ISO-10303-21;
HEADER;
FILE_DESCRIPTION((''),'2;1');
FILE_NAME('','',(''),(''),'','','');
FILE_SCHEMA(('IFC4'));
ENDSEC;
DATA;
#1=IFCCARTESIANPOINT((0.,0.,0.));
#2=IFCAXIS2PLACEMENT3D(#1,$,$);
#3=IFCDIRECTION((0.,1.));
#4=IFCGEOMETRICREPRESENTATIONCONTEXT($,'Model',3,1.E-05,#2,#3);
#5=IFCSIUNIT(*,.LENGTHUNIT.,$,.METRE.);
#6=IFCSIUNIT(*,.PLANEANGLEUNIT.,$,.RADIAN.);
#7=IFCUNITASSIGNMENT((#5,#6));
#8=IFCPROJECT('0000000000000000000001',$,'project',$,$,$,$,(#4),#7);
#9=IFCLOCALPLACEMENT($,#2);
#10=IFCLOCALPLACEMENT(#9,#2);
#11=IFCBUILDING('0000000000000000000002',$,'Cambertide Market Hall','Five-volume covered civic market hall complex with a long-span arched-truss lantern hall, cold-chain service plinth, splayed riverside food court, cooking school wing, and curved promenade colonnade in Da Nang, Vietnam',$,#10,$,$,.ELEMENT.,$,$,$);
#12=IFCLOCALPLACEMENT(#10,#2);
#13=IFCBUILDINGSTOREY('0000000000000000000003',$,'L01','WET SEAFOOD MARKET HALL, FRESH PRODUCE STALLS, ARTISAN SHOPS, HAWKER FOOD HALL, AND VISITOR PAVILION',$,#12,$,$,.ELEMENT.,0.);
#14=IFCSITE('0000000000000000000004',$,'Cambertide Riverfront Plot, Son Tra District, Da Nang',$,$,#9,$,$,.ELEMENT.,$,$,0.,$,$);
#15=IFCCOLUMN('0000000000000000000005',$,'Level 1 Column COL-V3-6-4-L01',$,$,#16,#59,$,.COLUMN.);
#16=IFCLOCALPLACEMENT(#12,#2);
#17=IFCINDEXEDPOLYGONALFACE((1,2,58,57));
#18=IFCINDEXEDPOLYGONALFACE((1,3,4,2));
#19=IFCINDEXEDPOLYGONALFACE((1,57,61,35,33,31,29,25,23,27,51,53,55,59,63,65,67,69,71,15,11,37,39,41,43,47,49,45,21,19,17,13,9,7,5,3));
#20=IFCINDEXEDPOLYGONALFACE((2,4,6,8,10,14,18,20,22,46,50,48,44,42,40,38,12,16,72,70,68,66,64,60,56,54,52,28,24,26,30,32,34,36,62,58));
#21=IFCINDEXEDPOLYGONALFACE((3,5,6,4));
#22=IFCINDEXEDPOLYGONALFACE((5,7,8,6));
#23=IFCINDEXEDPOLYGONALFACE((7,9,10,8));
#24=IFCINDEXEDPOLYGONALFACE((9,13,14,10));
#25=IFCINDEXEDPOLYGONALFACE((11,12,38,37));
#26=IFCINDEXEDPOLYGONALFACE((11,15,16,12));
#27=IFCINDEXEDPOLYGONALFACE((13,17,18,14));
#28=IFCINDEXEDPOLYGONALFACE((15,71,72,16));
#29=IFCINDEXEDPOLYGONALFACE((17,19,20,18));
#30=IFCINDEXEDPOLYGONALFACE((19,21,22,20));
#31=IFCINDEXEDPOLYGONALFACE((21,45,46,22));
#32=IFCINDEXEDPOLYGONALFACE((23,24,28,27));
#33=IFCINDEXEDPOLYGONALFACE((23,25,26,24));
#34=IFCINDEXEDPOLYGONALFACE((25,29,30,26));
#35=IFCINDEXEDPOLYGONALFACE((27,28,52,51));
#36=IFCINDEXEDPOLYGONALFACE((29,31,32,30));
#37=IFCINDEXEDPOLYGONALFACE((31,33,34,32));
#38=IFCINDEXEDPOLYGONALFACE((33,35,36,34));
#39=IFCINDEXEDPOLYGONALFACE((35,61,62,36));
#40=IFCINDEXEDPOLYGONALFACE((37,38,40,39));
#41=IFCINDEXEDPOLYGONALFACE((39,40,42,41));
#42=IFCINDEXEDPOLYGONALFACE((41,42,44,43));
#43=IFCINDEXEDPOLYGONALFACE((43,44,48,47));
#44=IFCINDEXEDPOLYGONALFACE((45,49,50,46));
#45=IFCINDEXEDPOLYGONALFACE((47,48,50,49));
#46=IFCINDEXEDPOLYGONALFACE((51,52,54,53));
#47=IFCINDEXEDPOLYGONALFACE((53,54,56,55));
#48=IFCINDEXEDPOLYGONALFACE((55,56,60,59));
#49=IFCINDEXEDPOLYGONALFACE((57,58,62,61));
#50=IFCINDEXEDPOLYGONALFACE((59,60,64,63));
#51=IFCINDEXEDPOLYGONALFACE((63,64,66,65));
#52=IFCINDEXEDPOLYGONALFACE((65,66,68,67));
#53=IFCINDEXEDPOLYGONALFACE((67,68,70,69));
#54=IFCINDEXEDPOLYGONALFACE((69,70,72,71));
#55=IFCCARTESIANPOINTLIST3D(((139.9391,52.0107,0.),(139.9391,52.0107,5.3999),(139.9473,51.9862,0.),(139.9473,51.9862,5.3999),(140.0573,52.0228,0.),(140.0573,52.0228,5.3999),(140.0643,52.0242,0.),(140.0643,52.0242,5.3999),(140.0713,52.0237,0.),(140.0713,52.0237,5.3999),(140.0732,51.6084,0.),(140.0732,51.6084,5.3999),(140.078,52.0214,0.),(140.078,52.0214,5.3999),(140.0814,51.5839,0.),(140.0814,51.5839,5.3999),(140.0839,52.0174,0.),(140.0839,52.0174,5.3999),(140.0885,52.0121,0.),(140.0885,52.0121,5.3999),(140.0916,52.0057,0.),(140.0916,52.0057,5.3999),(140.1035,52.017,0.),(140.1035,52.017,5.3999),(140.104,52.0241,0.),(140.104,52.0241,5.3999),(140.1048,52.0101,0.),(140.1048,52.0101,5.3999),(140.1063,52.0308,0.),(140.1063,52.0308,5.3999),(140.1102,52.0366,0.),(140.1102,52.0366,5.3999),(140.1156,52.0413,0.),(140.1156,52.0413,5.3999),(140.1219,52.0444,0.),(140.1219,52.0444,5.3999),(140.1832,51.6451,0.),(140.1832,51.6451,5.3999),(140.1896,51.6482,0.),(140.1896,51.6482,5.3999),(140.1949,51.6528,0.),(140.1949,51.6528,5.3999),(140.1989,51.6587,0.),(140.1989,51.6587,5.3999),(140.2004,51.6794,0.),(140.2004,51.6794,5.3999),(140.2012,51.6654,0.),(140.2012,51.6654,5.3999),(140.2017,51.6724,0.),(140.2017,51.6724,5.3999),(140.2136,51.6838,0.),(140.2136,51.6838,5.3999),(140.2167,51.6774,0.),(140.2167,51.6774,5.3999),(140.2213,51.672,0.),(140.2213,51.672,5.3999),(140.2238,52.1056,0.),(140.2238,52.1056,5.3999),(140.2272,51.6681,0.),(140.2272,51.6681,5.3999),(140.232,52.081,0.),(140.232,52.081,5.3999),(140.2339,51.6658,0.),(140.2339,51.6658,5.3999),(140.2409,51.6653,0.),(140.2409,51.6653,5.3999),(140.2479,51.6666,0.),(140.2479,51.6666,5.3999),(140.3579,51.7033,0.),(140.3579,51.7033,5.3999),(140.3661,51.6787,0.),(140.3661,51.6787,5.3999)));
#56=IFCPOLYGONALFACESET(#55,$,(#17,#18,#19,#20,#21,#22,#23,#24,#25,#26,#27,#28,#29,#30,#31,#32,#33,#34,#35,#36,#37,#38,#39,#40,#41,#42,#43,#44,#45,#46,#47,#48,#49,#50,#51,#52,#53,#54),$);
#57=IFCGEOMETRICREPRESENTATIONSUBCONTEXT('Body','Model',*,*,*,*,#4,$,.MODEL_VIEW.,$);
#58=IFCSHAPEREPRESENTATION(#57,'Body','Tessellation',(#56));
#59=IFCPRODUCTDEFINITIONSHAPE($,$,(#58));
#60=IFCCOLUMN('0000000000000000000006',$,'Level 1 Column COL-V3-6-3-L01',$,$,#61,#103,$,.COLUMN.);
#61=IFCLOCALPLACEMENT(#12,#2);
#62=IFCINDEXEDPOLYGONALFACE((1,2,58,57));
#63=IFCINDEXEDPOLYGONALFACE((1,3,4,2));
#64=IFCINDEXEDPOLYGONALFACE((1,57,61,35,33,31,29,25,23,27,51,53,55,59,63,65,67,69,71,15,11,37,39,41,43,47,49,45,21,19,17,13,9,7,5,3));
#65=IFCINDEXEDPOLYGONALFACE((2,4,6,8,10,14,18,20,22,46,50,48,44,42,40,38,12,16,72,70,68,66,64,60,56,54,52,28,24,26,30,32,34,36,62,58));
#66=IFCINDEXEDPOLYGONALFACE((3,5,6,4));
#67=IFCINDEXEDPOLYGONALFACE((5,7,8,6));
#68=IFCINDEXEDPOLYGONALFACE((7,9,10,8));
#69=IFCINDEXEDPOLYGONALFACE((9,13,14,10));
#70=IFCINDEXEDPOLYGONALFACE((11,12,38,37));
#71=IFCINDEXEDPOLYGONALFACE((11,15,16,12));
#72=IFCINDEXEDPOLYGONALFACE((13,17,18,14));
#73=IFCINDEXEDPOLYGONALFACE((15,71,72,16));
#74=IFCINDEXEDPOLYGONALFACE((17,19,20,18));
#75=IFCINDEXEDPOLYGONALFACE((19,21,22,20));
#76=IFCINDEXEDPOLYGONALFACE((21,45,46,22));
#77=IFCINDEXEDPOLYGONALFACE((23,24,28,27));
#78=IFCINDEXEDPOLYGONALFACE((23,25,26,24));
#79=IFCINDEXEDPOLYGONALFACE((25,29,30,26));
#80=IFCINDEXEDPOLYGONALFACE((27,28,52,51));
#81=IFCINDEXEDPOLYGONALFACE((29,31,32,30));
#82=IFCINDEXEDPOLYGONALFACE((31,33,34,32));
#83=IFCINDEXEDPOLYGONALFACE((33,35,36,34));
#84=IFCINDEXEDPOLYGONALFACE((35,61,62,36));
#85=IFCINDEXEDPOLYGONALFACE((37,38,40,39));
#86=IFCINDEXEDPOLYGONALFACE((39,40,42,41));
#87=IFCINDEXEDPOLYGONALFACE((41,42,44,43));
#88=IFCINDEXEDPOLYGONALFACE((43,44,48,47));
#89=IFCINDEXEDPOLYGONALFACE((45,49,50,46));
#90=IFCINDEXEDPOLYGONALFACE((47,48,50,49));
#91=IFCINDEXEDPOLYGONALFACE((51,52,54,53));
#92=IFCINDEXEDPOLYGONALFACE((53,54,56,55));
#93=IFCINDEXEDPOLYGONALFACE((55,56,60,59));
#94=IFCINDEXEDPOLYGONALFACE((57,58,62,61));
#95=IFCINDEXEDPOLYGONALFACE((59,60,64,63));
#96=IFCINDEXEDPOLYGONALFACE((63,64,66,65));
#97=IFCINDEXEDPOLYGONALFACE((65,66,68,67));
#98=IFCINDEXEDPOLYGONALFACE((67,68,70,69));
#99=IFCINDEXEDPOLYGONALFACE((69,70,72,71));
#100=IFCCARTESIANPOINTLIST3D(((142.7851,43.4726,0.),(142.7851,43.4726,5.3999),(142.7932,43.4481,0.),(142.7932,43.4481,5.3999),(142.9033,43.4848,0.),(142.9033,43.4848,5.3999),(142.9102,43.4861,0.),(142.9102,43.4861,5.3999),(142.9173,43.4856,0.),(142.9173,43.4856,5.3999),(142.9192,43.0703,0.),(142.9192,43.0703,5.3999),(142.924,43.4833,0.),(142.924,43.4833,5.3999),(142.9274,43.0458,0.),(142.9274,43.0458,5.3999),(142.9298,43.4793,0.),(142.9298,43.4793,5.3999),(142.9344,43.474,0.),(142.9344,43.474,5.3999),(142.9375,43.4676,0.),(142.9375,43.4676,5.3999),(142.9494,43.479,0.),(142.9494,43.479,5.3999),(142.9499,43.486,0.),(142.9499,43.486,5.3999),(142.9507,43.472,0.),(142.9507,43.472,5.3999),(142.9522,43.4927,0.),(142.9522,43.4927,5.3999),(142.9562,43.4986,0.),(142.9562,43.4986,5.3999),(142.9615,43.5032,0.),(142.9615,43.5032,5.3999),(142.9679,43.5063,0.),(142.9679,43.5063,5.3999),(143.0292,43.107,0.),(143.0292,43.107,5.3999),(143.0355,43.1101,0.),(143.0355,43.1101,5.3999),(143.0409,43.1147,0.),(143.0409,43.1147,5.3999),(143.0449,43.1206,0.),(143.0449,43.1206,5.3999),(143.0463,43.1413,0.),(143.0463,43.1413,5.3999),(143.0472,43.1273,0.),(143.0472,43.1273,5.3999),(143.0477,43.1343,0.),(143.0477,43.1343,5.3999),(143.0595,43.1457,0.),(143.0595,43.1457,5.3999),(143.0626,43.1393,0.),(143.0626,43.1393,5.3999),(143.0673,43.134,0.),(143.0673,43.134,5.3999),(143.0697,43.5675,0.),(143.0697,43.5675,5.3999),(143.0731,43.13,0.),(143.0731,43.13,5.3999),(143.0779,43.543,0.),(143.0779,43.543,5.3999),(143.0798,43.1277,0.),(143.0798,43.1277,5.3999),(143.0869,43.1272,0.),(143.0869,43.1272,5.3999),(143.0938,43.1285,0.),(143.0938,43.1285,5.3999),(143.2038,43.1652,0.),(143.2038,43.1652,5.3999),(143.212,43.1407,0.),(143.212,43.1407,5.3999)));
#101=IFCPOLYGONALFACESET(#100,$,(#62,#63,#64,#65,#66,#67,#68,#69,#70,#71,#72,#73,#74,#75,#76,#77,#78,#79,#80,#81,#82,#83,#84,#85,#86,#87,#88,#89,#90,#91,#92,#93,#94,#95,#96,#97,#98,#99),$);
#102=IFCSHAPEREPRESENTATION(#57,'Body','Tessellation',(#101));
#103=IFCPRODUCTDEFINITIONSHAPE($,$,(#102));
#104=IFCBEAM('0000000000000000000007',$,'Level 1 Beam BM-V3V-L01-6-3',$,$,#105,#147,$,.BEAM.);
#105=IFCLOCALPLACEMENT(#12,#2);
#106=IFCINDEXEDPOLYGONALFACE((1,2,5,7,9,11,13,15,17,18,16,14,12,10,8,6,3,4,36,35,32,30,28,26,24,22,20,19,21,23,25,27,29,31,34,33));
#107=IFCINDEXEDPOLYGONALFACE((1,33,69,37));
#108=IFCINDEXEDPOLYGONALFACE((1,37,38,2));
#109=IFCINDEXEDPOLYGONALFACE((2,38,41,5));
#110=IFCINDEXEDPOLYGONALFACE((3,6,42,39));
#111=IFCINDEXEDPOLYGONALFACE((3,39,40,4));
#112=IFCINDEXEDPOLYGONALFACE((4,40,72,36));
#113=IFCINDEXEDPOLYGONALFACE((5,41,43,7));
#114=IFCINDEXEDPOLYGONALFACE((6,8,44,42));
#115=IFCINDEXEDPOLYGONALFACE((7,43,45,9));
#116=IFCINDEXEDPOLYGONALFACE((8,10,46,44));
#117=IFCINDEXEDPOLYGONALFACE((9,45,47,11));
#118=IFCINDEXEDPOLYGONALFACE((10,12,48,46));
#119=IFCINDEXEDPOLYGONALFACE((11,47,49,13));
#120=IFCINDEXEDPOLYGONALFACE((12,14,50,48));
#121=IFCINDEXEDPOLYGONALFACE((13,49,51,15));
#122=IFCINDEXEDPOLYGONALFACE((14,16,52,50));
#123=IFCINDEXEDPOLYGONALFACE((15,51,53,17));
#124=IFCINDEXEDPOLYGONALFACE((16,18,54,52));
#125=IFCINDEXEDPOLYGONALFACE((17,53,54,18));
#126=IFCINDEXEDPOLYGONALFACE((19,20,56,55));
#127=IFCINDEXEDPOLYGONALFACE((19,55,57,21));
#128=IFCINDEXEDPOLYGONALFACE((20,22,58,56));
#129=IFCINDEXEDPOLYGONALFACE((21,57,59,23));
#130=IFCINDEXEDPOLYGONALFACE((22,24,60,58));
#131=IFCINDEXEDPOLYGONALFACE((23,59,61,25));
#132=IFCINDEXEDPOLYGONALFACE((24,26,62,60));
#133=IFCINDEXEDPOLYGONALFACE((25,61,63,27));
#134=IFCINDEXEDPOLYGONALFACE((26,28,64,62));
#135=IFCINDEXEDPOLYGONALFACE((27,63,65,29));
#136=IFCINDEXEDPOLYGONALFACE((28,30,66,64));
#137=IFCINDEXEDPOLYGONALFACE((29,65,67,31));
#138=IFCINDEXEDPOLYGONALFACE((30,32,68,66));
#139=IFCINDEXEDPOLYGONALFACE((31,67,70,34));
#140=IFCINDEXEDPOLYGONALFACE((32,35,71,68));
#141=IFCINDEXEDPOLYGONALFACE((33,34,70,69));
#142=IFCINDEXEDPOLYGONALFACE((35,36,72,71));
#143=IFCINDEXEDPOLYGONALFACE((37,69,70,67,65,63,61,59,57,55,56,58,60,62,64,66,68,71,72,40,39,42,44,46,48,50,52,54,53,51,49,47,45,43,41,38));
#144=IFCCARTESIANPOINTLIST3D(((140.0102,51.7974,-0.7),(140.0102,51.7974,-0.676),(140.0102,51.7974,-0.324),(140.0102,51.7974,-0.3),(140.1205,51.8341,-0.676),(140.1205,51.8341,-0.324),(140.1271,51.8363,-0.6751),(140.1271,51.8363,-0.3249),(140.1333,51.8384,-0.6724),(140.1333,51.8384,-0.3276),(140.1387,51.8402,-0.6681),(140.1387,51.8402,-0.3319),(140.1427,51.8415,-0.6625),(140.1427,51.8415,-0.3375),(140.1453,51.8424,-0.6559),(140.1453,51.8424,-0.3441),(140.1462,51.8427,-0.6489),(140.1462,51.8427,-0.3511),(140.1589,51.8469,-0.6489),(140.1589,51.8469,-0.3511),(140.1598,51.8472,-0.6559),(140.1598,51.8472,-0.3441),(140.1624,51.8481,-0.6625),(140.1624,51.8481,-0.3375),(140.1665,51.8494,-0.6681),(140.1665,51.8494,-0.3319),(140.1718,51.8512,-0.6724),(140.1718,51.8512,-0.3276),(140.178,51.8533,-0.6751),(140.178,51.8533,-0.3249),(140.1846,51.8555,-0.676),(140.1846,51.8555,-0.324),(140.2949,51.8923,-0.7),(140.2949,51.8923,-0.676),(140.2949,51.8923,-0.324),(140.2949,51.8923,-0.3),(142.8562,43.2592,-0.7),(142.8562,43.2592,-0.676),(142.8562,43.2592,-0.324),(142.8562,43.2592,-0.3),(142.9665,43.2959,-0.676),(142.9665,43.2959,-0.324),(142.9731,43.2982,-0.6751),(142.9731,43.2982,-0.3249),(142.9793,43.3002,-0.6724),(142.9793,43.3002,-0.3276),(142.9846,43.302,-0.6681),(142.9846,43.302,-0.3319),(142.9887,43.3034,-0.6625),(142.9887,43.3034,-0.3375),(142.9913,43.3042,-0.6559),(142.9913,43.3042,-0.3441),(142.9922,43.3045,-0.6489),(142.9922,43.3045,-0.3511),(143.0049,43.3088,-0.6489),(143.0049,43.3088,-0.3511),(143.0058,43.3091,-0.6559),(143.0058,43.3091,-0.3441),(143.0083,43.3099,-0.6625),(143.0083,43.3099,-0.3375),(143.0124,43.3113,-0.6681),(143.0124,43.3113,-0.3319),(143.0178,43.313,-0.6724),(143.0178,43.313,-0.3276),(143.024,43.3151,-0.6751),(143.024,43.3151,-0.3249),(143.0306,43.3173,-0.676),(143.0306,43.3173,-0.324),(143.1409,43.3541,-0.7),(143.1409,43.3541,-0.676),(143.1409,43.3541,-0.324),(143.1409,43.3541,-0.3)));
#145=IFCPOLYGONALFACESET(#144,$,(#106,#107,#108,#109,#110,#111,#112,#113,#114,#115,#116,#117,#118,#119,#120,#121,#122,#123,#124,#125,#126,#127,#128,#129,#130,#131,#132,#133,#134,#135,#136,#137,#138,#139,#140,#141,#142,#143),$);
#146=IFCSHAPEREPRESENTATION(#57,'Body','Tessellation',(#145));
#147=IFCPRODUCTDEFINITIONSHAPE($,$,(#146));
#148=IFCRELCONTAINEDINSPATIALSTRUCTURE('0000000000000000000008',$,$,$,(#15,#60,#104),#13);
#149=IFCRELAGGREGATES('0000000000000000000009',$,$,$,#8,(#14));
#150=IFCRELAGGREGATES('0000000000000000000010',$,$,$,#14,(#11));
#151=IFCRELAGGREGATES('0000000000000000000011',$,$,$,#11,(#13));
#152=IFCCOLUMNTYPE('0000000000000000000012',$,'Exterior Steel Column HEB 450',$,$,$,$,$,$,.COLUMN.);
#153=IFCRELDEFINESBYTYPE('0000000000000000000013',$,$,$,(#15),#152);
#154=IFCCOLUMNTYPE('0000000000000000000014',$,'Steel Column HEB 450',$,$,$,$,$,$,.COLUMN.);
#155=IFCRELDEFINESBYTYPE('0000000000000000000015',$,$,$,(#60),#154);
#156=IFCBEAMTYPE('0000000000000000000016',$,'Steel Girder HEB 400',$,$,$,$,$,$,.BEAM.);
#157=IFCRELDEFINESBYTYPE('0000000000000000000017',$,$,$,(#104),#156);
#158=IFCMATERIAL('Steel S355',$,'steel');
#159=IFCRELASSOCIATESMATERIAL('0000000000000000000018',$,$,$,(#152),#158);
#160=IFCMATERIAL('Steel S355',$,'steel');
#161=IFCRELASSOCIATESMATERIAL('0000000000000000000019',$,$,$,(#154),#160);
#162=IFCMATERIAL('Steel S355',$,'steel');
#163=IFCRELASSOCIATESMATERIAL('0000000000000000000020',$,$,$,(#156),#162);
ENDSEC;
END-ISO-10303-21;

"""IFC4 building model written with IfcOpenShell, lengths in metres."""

from ifc_helpers import new_model, si_unit, direction, frame, origin, origin_2d, place, context, subcontext, project, spatial, i_section, extrude, material, material_profile, profile_set, type_object, element, save


model = new_model("IFC4")

# Units and contexts
model_context = context("Model", 3, precision=1e-05, world=origin(), true_north=direction((0.0, 1.0)))
body_context = subcontext(model_context, "Body", "Model", "MODEL_VIEW")
ifc_project = project(units=[si_unit("LENGTHUNIT", "METRE"), si_unit("PLANEANGLEUNIT", "RADIAN")], contexts=[model_context])

# Site, building, storey
site_placement = place(None, origin())
site = spatial("IfcSite", under=ifc_project, at=site_placement, Name="Cambertide Riverfront Plot, Son Tra District, Da Nang", CompositionType="ELEMENT", RefElevation=0.0)
building_placement = place(site_placement, origin())
building = spatial("IfcBuilding", under=site, at=building_placement, Name="Cambertide Market Hall", Description="Five-volume covered civic market hall complex with a long-span arched-truss lantern hall, cold-chain service plinth, splayed riverside food court, cooking school wing, and curved promenade colonnade in Da Nang, Vietnam", CompositionType="ELEMENT")
storey_placement = place(building_placement, origin())
storey = spatial("IfcBuildingStorey", under=building, at=storey_placement, Name="L01", Description="WET SEAFOOD MARKET HALL, FRESH PRODUCE STALLS, ARTISAN SHOPS, HAWKER FOOD HALL, AND VISITOR PAVILION", CompositionType="ELEMENT", Elevation=0.0)

# Columns
ifc_material_1 = material(Name="Steel S355", Category="steel")
ifc_material_profile_1 = material_profile(ifc_material_1, i_section(OverallWidth=0.3, OverallDepth=0.45, WebThickness=0.0139, FlangeThickness=0.0259, FilletRadius=0.0271, at=origin_2d()), Name="HEB 450")
ifc_profile_set_1 = profile_set([ifc_material_profile_1], Name="Steel S355")
column_type_1 = type_object("IfcColumnType", Name="Exterior Steel Column HEB 450", PredefinedType="COLUMN", material=ifc_profile_set_1)
column_1_placement = place(storey_placement, frame((140.1526, 51.8447, 0.0), z_axis=(0.0, 0.0, 1.0), x_axis=(0.948683, 0.316228, 0.0)))
element("IfcColumn", 1, at=column_1_placement, inside=storey, type_object=column_type_1, Name="Level 1 Column COL-V3-6-4-L01", PredefinedType="COLUMN", context=body_context, shape_type="SweptSolid", body=[
    extrude(i_section(OverallWidth=0.3, OverallDepth=0.45, WebThickness=0.0139, FlangeThickness=0.0259, FilletRadius=0.0271, at=origin_2d()), origin(), (0.0, 0.0, 1.0), 5.3999),
])
ifc_material_2 = material(Name="Steel S355", Category="steel")
ifc_material_profile_2 = material_profile(ifc_material_2, i_section(OverallWidth=0.3, OverallDepth=0.45, WebThickness=0.0139, FlangeThickness=0.0259, FilletRadius=0.0271, at=origin_2d()), Name="HEB 450")
ifc_profile_set_2 = profile_set([ifc_material_profile_2], Name="Steel S355")
column_type_2 = type_object("IfcColumnType", Name="Steel Column HEB 450", PredefinedType="COLUMN", material=ifc_profile_set_2)
column_2_placement = place(storey_placement, frame((142.9985, 43.3066, 0.0), z_axis=(0.0, 0.0, 1.0), x_axis=(0.948683, 0.316228, 0.0)))
element("IfcColumn", 2, at=column_2_placement, inside=storey, type_object=column_type_2, Name="Level 1 Column COL-V3-6-3-L01", PredefinedType="COLUMN", context=body_context, shape_type="SweptSolid", body=[
    extrude(i_section(OverallWidth=0.3, OverallDepth=0.45, WebThickness=0.0139, FlangeThickness=0.0259, FilletRadius=0.0271, at=origin_2d()), origin(), (0.0, 0.0, 1.0), 5.3999),
])

# Beam
ifc_material_3 = material(Name="Steel S355", Category="steel")
ifc_material_profile_3 = material_profile(ifc_material_3, i_section(OverallWidth=0.3, OverallDepth=0.3999, WebThickness=0.0134, FlangeThickness=0.0239, FilletRadius=0.0271, at=origin_2d()), Name="HEB 400")
ifc_profile_set_3 = profile_set([ifc_material_profile_3], Name="Steel S355")
beam_type_1 = type_object("IfcBeamType", Name="Steel Girder HEB 400", PredefinedType="BEAM", material=ifc_profile_set_3)
beam_1_placement = place(storey_placement, frame((142.9985, 43.3066, -0.5), z_axis=(-0.31622, 0.948686, 0.0), x_axis=(-0.948686, -0.31622, 0.0)))
element("IfcBeam", 3, at=beam_1_placement, inside=storey, type_object=beam_type_1, Name="Level 1 Beam BM-V3V-L01-6-3", PredefinedType="BEAM", context=body_context, shape_type="SweptSolid", body=[
    extrude(i_section(OverallWidth=0.3, OverallDepth=0.3999, WebThickness=0.0134, FlangeThickness=0.0239, FilletRadius=0.0271, at=origin_2d()), origin(), (0.0, 0.0, 1.0), 9.0),
])

save(model, "model.ifc")
